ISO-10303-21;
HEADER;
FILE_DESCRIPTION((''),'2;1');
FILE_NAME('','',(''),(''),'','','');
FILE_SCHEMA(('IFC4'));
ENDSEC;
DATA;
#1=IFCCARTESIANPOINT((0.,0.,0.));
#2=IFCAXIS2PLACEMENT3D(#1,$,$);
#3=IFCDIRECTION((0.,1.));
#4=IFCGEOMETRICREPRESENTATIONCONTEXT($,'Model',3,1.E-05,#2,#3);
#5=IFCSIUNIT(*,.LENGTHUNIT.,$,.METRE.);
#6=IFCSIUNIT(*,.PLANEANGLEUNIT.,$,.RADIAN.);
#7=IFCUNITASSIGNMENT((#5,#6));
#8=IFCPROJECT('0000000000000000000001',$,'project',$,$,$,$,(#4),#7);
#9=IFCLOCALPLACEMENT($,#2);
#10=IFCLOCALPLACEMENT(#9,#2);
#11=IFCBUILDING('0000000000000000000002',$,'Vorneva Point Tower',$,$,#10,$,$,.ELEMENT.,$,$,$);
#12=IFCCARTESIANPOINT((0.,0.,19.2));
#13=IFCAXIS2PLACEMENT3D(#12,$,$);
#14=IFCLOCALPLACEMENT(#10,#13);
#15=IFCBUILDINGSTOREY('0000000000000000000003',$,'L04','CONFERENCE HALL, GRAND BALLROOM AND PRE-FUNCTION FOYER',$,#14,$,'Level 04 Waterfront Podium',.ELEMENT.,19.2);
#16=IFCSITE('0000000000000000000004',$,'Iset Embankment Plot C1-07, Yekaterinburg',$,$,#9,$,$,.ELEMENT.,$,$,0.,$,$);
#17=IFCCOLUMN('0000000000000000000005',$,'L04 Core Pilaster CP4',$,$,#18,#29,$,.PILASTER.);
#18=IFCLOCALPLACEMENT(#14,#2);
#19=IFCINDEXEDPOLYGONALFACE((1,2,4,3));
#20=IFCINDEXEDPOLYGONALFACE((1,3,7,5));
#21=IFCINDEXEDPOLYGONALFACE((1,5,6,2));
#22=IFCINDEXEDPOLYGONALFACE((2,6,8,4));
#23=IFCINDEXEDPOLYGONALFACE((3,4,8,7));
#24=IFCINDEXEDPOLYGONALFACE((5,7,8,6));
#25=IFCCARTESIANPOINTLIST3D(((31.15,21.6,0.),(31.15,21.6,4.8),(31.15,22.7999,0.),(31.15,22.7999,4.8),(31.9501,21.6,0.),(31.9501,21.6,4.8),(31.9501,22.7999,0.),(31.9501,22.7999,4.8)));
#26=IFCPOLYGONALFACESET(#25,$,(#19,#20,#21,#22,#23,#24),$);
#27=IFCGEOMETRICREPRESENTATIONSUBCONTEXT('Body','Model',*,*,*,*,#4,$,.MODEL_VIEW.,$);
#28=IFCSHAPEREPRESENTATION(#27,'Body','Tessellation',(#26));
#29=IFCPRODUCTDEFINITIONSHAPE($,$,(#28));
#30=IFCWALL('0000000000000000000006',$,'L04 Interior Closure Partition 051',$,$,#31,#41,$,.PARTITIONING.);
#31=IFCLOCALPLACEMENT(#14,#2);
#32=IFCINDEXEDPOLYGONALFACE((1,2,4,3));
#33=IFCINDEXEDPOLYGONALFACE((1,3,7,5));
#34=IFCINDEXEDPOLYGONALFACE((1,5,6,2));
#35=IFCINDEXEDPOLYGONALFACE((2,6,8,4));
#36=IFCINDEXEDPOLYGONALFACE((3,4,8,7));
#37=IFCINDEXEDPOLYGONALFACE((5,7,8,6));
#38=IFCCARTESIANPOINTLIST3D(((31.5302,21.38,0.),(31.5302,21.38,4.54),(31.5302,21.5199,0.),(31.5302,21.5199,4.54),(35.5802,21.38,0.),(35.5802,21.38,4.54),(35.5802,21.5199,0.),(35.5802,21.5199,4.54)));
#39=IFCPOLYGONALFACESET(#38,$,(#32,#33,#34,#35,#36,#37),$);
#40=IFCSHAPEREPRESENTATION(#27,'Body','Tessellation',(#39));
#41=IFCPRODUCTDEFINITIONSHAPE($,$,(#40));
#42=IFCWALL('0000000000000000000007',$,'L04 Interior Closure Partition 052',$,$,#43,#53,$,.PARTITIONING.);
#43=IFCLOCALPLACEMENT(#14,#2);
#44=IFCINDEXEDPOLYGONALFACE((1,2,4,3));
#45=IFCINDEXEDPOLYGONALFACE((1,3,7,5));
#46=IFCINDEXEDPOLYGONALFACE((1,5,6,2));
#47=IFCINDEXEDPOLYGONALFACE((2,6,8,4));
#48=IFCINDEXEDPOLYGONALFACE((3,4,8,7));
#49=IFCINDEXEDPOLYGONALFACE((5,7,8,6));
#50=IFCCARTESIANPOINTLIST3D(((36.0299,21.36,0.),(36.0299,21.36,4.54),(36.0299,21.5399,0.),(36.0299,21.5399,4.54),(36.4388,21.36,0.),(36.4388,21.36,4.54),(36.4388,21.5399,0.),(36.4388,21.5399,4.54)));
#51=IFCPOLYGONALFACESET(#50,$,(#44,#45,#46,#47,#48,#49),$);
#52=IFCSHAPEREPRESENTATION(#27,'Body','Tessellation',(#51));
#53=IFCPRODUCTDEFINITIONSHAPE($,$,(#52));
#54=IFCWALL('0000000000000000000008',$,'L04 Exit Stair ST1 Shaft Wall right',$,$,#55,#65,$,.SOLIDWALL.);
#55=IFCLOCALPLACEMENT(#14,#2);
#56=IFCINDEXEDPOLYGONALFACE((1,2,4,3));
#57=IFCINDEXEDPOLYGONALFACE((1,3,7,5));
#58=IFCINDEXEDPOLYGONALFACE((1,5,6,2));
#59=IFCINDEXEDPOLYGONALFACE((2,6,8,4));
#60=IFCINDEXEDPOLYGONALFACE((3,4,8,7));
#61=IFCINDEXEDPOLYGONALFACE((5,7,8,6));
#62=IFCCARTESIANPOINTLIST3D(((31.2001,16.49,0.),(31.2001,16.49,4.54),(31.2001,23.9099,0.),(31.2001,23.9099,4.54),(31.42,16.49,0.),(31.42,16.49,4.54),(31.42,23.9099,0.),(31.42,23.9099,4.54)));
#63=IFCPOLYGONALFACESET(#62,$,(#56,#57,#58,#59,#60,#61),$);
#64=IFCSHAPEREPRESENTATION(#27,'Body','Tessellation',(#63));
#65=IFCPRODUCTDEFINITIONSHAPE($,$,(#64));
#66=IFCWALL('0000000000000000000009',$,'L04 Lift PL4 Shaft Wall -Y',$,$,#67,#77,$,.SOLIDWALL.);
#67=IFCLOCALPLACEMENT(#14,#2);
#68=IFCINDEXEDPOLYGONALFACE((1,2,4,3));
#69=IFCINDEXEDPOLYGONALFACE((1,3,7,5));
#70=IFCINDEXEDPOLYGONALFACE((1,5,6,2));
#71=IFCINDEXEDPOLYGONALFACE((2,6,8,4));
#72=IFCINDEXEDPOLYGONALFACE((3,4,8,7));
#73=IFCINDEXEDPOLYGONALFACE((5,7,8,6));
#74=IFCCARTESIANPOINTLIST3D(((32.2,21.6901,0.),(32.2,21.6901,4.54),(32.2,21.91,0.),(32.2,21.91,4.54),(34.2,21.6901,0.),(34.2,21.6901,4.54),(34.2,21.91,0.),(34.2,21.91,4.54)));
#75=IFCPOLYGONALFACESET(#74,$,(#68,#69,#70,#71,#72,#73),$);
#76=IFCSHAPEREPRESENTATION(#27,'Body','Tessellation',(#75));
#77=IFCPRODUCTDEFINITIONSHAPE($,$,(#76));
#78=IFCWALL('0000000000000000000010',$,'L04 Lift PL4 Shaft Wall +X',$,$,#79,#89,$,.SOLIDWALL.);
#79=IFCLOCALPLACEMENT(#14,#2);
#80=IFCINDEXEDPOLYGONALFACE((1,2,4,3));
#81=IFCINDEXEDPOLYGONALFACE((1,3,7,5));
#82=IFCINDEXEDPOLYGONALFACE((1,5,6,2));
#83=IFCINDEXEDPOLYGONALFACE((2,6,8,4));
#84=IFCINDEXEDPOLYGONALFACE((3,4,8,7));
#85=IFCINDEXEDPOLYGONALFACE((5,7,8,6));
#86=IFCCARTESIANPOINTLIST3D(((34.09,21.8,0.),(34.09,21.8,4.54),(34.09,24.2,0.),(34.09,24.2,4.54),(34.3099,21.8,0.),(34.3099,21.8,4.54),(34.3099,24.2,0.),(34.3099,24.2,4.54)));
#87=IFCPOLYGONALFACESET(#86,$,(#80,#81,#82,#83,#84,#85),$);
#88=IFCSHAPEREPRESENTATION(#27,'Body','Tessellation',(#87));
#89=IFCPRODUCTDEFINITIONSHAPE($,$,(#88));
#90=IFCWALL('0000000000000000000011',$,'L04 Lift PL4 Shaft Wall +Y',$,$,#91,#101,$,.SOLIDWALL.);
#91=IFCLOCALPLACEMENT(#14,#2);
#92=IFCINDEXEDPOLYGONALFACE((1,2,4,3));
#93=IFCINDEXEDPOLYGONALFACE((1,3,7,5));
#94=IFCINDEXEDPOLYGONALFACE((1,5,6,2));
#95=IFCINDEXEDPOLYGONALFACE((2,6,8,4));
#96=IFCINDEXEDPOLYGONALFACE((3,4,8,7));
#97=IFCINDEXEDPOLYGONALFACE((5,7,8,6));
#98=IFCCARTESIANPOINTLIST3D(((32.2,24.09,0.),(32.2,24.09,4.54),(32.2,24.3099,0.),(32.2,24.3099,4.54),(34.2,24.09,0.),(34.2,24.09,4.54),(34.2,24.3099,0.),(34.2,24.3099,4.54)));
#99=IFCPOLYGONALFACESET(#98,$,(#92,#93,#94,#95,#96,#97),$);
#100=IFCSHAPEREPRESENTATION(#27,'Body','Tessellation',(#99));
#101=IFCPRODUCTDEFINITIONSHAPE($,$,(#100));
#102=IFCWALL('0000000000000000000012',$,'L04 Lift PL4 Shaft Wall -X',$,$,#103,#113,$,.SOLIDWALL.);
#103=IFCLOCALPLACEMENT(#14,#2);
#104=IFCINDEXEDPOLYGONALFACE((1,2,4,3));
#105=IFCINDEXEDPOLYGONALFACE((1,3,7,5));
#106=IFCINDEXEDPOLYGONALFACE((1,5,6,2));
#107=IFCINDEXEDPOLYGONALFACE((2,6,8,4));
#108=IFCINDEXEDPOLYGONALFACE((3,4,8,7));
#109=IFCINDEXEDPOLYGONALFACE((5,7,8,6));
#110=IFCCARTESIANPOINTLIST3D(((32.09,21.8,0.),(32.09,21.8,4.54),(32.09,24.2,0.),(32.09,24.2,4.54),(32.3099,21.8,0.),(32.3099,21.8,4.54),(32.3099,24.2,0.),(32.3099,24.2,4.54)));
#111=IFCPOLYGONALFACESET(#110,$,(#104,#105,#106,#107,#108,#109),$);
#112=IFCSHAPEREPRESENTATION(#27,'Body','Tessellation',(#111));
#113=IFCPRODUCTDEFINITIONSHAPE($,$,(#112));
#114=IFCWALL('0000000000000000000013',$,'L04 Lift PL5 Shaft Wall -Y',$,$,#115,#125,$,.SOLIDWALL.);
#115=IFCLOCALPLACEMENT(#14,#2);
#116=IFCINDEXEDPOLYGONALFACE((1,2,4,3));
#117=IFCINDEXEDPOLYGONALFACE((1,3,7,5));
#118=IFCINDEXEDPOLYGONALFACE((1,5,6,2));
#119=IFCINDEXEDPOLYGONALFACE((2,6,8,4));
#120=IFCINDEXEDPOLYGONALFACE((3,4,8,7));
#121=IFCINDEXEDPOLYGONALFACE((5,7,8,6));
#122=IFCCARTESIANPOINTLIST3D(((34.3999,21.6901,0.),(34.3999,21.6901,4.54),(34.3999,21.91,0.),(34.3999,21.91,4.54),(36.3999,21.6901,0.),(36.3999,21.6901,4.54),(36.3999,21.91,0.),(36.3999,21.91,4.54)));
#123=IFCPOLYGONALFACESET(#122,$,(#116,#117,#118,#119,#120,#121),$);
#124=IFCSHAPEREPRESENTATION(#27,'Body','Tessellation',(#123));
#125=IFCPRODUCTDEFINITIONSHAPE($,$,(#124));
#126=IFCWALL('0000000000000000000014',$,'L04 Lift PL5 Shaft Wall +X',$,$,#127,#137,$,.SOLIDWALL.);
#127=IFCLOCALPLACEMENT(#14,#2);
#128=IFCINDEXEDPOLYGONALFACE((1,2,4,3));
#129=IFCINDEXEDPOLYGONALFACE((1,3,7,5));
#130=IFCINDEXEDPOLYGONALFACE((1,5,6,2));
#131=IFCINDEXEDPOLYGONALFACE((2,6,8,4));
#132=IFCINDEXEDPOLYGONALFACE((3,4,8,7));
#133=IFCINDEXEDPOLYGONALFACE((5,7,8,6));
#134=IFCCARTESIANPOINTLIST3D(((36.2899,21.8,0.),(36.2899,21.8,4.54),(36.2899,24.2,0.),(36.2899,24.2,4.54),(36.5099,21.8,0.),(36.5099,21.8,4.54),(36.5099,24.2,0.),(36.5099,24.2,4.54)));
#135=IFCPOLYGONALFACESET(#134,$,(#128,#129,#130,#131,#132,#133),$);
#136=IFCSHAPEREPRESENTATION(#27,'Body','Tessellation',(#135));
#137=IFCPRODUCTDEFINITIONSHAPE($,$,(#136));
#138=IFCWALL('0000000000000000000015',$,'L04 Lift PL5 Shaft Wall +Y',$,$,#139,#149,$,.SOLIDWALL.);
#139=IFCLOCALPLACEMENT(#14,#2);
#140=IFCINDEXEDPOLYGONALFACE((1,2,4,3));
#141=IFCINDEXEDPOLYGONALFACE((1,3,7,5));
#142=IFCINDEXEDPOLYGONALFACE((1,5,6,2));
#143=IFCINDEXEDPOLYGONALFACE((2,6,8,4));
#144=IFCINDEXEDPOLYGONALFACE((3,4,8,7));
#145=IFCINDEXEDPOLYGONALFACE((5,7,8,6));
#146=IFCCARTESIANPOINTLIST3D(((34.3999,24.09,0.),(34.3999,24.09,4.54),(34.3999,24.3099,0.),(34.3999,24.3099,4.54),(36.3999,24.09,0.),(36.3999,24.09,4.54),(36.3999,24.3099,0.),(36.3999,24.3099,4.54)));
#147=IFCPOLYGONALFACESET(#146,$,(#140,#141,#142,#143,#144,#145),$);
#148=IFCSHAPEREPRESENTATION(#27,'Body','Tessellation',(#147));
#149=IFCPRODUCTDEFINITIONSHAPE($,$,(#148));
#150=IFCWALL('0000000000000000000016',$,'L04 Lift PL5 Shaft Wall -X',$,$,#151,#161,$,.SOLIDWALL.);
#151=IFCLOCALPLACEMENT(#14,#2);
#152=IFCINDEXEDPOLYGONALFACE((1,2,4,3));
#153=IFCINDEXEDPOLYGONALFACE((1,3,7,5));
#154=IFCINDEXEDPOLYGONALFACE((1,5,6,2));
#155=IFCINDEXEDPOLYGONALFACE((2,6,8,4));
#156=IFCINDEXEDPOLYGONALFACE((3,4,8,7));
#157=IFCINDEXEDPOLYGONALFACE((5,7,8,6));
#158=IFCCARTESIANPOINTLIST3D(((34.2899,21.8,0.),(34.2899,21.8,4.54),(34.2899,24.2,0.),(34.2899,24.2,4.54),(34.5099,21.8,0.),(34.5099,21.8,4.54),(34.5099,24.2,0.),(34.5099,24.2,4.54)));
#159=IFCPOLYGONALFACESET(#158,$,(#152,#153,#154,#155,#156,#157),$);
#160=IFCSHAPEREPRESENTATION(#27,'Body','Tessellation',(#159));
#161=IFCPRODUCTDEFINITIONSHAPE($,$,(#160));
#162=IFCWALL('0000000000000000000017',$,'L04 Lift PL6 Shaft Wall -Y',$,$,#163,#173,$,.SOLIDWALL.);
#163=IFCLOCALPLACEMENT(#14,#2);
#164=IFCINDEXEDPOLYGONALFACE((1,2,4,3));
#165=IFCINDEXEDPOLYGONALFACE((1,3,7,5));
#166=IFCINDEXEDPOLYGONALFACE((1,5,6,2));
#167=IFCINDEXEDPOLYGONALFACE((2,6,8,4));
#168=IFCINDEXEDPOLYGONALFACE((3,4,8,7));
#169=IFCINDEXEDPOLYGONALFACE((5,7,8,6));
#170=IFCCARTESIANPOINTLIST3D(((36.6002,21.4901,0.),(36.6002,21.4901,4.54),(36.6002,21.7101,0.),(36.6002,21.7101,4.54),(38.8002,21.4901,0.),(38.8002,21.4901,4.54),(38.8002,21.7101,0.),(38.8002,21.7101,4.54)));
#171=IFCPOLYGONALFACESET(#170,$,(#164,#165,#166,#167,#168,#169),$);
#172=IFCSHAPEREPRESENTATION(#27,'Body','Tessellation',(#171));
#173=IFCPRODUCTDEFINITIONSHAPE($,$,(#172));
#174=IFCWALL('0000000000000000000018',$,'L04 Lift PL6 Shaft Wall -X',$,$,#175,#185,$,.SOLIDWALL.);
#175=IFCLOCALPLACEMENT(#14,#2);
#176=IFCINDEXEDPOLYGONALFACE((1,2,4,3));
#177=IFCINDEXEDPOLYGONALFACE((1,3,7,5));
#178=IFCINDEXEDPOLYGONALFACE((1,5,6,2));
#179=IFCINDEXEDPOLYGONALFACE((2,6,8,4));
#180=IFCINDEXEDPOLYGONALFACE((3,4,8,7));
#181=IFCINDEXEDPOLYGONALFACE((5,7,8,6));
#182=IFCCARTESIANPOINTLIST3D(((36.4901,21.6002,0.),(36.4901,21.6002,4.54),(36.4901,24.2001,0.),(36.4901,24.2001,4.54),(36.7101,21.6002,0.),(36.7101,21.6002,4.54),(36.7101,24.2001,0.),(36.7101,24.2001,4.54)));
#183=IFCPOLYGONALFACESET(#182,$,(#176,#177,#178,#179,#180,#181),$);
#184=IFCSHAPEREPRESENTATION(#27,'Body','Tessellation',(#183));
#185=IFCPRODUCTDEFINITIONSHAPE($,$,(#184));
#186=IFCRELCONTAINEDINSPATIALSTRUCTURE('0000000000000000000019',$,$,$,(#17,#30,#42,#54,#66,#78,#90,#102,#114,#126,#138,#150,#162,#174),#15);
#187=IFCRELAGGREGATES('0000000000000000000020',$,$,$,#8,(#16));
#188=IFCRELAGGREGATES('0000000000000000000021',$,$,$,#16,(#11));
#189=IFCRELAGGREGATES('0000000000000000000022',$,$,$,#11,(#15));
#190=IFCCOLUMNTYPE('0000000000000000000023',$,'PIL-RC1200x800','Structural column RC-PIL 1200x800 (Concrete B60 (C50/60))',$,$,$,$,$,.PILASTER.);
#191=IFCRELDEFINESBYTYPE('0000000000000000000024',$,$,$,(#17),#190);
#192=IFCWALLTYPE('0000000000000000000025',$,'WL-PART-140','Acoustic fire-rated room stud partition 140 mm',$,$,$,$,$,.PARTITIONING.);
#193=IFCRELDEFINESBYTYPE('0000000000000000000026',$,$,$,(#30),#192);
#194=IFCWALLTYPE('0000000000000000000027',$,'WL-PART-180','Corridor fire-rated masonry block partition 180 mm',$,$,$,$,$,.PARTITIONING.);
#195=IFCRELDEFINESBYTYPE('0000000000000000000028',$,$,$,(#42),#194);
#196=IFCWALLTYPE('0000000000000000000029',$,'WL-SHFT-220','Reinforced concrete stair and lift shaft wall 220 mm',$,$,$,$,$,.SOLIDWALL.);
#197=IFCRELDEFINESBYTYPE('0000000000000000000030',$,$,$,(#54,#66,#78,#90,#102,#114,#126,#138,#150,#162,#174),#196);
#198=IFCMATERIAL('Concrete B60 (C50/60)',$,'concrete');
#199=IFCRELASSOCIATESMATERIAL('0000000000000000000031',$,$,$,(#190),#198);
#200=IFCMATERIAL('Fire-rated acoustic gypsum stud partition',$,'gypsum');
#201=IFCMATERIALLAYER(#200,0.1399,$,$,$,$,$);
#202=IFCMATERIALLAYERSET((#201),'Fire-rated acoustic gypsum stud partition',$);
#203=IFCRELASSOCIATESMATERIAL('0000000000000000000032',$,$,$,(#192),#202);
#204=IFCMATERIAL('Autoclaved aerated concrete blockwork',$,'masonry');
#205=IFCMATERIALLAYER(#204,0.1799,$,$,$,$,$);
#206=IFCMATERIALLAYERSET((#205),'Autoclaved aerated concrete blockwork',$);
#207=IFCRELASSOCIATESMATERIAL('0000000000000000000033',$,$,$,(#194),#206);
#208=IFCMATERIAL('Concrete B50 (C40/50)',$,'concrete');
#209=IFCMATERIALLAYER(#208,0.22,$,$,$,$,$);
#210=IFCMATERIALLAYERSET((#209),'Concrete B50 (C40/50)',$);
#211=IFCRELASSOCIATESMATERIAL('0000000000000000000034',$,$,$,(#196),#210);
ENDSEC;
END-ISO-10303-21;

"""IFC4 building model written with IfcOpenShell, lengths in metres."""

from ifc_helpers import new_model, si_unit, direction, frame, frame_2d, origin, origin_2d, place, context, subcontext, project, spatial, rectangle, extrude, material, layer, layer_set, material_profile, profile_set, type_object, element, save


model = new_model("IFC4")

# Units and contexts
model_context = context("Model", 3, precision=1e-05, world=origin(), true_north=direction((0.0, 1.0)))
body_context = subcontext(model_context, "Body", "Model", "MODEL_VIEW")
ifc_project = project(units=[si_unit("LENGTHUNIT", "METRE"), si_unit("PLANEANGLEUNIT", "RADIAN")], contexts=[model_context])

# Site, building, storey
site_placement = place(None, origin())
site = spatial("IfcSite", under=ifc_project, at=site_placement, Name="Iset Embankment Plot C1-07, Yekaterinburg", CompositionType="ELEMENT", RefElevation=0.0)
building_placement = place(site_placement, origin())
building = spatial("IfcBuilding", under=site, at=building_placement, Name="Vorneva Point Tower", CompositionType="ELEMENT")
storey_placement = place(building_placement, frame((0.0, 0.0, 19.2)))
storey = spatial("IfcBuildingStorey", under=building, at=storey_placement, Name="L04", Description="CONFERENCE HALL, GRAND BALLROOM AND PRE-FUNCTION FOYER", LongName="Level 04 Waterfront Podium", CompositionType="ELEMENT", Elevation=19.2)

# Column
ifc_material_1 = material(Name="Concrete B60 (C50/60)", Category="concrete")
ifc_material_profile = material_profile(ifc_material_1, rectangle(XDim=0.8, YDim=1.2, at=origin_2d()), Name="RC-PIL 1200x800")
ifc_profile_set = profile_set([ifc_material_profile], Name="Concrete B60 (C50/60)")
column_type = type_object("IfcColumnType", Name="PIL-RC1200x800", Description="Structural column RC-PIL 1200x800 (Concrete B60 (C50/60))", PredefinedType="PILASTER", material=ifc_profile_set)
column_placement = place(storey_placement, frame((31.55, 22.2, 0.0), z_axis=(0.0, 0.0, 1.0), x_axis=(1.0, 0.0, 0.0)))
element("IfcColumn", 1, at=column_placement, inside=storey, type_object=column_type, Name="L04 Core Pilaster CP4", PredefinedType="PILASTER", context=body_context, shape_type="SweptSolid", body=[
    extrude(rectangle(XDim=0.8, YDim=1.2, at=origin_2d()), origin(), (0.0, 0.0, 1.0), 4.8),
])

# Wall
ifc_material_2 = material(Name="Fire-rated acoustic gypsum stud partition", Category="gypsum")
ifc_layer_1 = layer(ifc_material_2, 0.1399)
ifc_layer_set_1 = layer_set([ifc_layer_1], Name="Fire-rated acoustic gypsum stud partition")
wall_type_1 = type_object("IfcWallType", Name="WL-PART-140", Description="Acoustic fire-rated room stud partition 140 mm", PredefinedType="PARTITIONING", material=ifc_layer_set_1)
wall_1_placement = place(storey_placement, frame((35.5801, 21.45, 0.0), z_axis=(0.0, 0.0, 1.0), x_axis=(-1.0, 0.0, 0.0)))
element("IfcWall", 2, at=wall_1_placement, inside=storey, type_object=wall_type_1, Name="L04 Interior Closure Partition 051", PredefinedType="PARTITIONING", context=body_context, shape_type="SweptSolid", body=[
    extrude(rectangle(XDim=4.05, YDim=0.1399, at=frame_2d((2.0249, 0.0))), origin(), (0.0, 0.0, 1.0), 4.54),
])

# Shared definitions
ifc_material_3 = material(Name="Autoclaved aerated concrete blockwork", Category="masonry")
ifc_layer_2 = layer(ifc_material_3, 0.1799)
ifc_layer_set_2 = layer_set([ifc_layer_2], Name="Autoclaved aerated concrete blockwork")
wall_type_2 = type_object("IfcWallType", Name="WL-PART-180", Description="Corridor fire-rated masonry block partition 180 mm", PredefinedType="PARTITIONING", material=ifc_layer_set_2)

# Walls
wall_2_placement = place(storey_placement, frame((36.439, 21.45, 0.0), z_axis=(0.0, 0.0, 1.0), x_axis=(-1.0, 0.0, 0.0)))
element("IfcWall", 3, at=wall_2_placement, inside=storey, type_object=wall_type_2, Name="L04 Interior Closure Partition 052", PredefinedType="PARTITIONING", context=body_context, shape_type="SweptSolid", body=[
    extrude(rectangle(XDim=0.4089, YDim=0.1799, at=frame_2d((0.2046, 0.0))), origin(), (0.0, 0.0, 1.0), 4.54),
])
ifc_material_4 = material(Name="Concrete B50 (C40/50)", Category="concrete")
ifc_layer_3 = layer(ifc_material_4, 0.22)
ifc_layer_set_3 = layer_set([ifc_layer_3], Name="Concrete B50 (C40/50)")
wall_type_3 = type_object("IfcWallType", Name="WL-SHFT-220", Description="Reinforced concrete stair and lift shaft wall 220 mm", PredefinedType="SOLIDWALL", material=ifc_layer_set_3)
wall_3_placement = place(storey_placement, frame((31.3101, 23.9099, 0.0), z_axis=(0.0, 0.0, 1.0), x_axis=(0.0, -1.0, 0.0)))
element("IfcWall", 4, at=wall_3_placement, inside=storey, type_object=wall_type_3, Name="L04 Exit Stair ST1 Shaft Wall right", PredefinedType="SOLIDWALL", context=body_context, shape_type="SweptSolid", body=[
    extrude(rectangle(XDim=7.4199, YDim=0.22, at=frame_2d((3.71, 0.0))), origin(), (0.0, 0.0, 1.0), 4.54),
])
wall_4_placement = place(storey_placement, frame((32.2, 21.8, 0.0), z_axis=(0.0, 0.0, 1.0), x_axis=(1.0, 0.0, 0.0)))
element("IfcWall", 5, at=wall_4_placement, inside=storey, type_object=wall_type_3, Name="L04 Lift PL4 Shaft Wall -Y", PredefinedType="SOLIDWALL", context=body_context, shape_type="SweptSolid", body=[
    extrude(rectangle(XDim=2.0, YDim=0.22, at=frame_2d((1.0, 0.0))), origin(), (0.0, 0.0, 1.0), 4.54),
])
wall_5_placement = place(storey_placement, frame((34.2, 21.8, 0.0), z_axis=(0.0, 0.0, 1.0), x_axis=(0.0, 1.0, 0.0)))
element("IfcWall", 6, at=wall_5_placement, inside=storey, type_object=wall_type_3, Name="L04 Lift PL4 Shaft Wall +X", PredefinedType="SOLIDWALL", context=body_context, shape_type="SweptSolid", body=[
    extrude(rectangle(XDim=2.3999, YDim=0.22, at=frame_2d((1.2, 0.0))), origin(), (0.0, 0.0, 1.0), 4.54),
])
wall_6_placement = place(storey_placement, frame((34.2, 24.2, 0.0), z_axis=(0.0, 0.0, 1.0), x_axis=(-1.0, 0.0, 0.0)))
element("IfcWall", 7, at=wall_6_placement, inside=storey, type_object=wall_type_3, Name="L04 Lift PL4 Shaft Wall +Y", PredefinedType="SOLIDWALL", context=body_context, shape_type="SweptSolid", body=[
    extrude(rectangle(XDim=2.0, YDim=0.22, at=frame_2d((1.0, 0.0))), origin(), (0.0, 0.0, 1.0), 4.54),
])
wall_7_placement = place(storey_placement, frame((32.2, 24.2, 0.0), z_axis=(0.0, 0.0, 1.0), x_axis=(0.0, -1.0, 0.0)))
element("IfcWall", 8, at=wall_7_placement, inside=storey, type_object=wall_type_3, Name="L04 Lift PL4 Shaft Wall -X", PredefinedType="SOLIDWALL", context=body_context, shape_type="SweptSolid", body=[
    extrude(rectangle(XDim=2.3999, YDim=0.22, at=frame_2d((1.2, 0.0))), origin(), (0.0, 0.0, 1.0), 4.54),
])
wall_8_placement = place(storey_placement, frame((34.3999, 21.8, 0.0), z_axis=(0.0, 0.0, 1.0), x_axis=(1.0, 0.0, 0.0)))
element("IfcWall", 9, at=wall_8_placement, inside=storey, type_object=wall_type_3, Name="L04 Lift PL5 Shaft Wall -Y", PredefinedType="SOLIDWALL", context=body_context, shape_type="SweptSolid", body=[
    extrude(rectangle(XDim=2.0, YDim=0.22, at=frame_2d((1.0, 0.0))), origin(), (0.0, 0.0, 1.0), 4.54),
])
wall_9_placement = place(storey_placement, frame((36.3999, 21.8, 0.0), z_axis=(0.0, 0.0, 1.0), x_axis=(0.0, 1.0, 0.0)))
element("IfcWall", 10, at=wall_9_placement, inside=storey, type_object=wall_type_3, Name="L04 Lift PL5 Shaft Wall +X", PredefinedType="SOLIDWALL", context=body_context, shape_type="SweptSolid", body=[
    extrude(rectangle(XDim=2.3999, YDim=0.22, at=frame_2d((1.2, 0.0))), origin(), (0.0, 0.0, 1.0), 4.54),
])
wall_10_placement = place(storey_placement, frame((36.3999, 24.2, 0.0), z_axis=(0.0, 0.0, 1.0), x_axis=(-1.0, 0.0, 0.0)))
element("IfcWall", 11, at=wall_10_placement, inside=storey, type_object=wall_type_3, Name="L04 Lift PL5 Shaft Wall +Y", PredefinedType="SOLIDWALL", context=body_context, shape_type="SweptSolid", body=[
    extrude(rectangle(XDim=2.0, YDim=0.22, at=frame_2d((1.0, 0.0))), origin(), (0.0, 0.0, 1.0), 4.54),
])
wall_11_placement = place(storey_placement, frame((34.3999, 24.2, 0.0), z_axis=(0.0, 0.0, 1.0), x_axis=(0.0, -1.0, 0.0)))
element("IfcWall", 12, at=wall_11_placement, inside=storey, type_object=wall_type_3, Name="L04 Lift PL5 Shaft Wall -X", PredefinedType="SOLIDWALL", context=body_context, shape_type="SweptSolid", body=[
    extrude(rectangle(XDim=2.3999, YDim=0.22, at=frame_2d((1.2, 0.0))), origin(), (0.0, 0.0, 1.0), 4.54),
])
wall_12_placement = place(storey_placement, frame((36.6001, 21.6001, 0.0), z_axis=(0.0, 0.0, 1.0), x_axis=(1.0, 0.0, 0.0)))
element("IfcWall", 13, at=wall_12_placement, inside=storey, type_object=wall_type_3, Name="L04 Lift PL6 Shaft Wall -Y", PredefinedType="SOLIDWALL", context=body_context, shape_type="SweptSolid", body=[
    extrude(rectangle(XDim=2.2, YDim=0.22, at=frame_2d((1.1001, 0.0))), origin(), (0.0, 0.0, 1.0), 4.54),
])
wall_13_placement = place(storey_placement, frame((36.6001, 24.2, 0.0), z_axis=(0.0, 0.0, 1.0), x_axis=(0.0, -1.0, 0.0)))
element("IfcWall", 14, at=wall_13_placement, inside=storey, type_object=wall_type_3, Name="L04 Lift PL6 Shaft Wall -X", PredefinedType="SOLIDWALL", context=body_context, shape_type="SweptSolid", body=[
    extrude(rectangle(XDim=2.5999, YDim=0.22, at=frame_2d((1.2998, 0.0))), origin(), (0.0, 0.0, 1.0), 4.54),
])

save(model, "model.ifc")
